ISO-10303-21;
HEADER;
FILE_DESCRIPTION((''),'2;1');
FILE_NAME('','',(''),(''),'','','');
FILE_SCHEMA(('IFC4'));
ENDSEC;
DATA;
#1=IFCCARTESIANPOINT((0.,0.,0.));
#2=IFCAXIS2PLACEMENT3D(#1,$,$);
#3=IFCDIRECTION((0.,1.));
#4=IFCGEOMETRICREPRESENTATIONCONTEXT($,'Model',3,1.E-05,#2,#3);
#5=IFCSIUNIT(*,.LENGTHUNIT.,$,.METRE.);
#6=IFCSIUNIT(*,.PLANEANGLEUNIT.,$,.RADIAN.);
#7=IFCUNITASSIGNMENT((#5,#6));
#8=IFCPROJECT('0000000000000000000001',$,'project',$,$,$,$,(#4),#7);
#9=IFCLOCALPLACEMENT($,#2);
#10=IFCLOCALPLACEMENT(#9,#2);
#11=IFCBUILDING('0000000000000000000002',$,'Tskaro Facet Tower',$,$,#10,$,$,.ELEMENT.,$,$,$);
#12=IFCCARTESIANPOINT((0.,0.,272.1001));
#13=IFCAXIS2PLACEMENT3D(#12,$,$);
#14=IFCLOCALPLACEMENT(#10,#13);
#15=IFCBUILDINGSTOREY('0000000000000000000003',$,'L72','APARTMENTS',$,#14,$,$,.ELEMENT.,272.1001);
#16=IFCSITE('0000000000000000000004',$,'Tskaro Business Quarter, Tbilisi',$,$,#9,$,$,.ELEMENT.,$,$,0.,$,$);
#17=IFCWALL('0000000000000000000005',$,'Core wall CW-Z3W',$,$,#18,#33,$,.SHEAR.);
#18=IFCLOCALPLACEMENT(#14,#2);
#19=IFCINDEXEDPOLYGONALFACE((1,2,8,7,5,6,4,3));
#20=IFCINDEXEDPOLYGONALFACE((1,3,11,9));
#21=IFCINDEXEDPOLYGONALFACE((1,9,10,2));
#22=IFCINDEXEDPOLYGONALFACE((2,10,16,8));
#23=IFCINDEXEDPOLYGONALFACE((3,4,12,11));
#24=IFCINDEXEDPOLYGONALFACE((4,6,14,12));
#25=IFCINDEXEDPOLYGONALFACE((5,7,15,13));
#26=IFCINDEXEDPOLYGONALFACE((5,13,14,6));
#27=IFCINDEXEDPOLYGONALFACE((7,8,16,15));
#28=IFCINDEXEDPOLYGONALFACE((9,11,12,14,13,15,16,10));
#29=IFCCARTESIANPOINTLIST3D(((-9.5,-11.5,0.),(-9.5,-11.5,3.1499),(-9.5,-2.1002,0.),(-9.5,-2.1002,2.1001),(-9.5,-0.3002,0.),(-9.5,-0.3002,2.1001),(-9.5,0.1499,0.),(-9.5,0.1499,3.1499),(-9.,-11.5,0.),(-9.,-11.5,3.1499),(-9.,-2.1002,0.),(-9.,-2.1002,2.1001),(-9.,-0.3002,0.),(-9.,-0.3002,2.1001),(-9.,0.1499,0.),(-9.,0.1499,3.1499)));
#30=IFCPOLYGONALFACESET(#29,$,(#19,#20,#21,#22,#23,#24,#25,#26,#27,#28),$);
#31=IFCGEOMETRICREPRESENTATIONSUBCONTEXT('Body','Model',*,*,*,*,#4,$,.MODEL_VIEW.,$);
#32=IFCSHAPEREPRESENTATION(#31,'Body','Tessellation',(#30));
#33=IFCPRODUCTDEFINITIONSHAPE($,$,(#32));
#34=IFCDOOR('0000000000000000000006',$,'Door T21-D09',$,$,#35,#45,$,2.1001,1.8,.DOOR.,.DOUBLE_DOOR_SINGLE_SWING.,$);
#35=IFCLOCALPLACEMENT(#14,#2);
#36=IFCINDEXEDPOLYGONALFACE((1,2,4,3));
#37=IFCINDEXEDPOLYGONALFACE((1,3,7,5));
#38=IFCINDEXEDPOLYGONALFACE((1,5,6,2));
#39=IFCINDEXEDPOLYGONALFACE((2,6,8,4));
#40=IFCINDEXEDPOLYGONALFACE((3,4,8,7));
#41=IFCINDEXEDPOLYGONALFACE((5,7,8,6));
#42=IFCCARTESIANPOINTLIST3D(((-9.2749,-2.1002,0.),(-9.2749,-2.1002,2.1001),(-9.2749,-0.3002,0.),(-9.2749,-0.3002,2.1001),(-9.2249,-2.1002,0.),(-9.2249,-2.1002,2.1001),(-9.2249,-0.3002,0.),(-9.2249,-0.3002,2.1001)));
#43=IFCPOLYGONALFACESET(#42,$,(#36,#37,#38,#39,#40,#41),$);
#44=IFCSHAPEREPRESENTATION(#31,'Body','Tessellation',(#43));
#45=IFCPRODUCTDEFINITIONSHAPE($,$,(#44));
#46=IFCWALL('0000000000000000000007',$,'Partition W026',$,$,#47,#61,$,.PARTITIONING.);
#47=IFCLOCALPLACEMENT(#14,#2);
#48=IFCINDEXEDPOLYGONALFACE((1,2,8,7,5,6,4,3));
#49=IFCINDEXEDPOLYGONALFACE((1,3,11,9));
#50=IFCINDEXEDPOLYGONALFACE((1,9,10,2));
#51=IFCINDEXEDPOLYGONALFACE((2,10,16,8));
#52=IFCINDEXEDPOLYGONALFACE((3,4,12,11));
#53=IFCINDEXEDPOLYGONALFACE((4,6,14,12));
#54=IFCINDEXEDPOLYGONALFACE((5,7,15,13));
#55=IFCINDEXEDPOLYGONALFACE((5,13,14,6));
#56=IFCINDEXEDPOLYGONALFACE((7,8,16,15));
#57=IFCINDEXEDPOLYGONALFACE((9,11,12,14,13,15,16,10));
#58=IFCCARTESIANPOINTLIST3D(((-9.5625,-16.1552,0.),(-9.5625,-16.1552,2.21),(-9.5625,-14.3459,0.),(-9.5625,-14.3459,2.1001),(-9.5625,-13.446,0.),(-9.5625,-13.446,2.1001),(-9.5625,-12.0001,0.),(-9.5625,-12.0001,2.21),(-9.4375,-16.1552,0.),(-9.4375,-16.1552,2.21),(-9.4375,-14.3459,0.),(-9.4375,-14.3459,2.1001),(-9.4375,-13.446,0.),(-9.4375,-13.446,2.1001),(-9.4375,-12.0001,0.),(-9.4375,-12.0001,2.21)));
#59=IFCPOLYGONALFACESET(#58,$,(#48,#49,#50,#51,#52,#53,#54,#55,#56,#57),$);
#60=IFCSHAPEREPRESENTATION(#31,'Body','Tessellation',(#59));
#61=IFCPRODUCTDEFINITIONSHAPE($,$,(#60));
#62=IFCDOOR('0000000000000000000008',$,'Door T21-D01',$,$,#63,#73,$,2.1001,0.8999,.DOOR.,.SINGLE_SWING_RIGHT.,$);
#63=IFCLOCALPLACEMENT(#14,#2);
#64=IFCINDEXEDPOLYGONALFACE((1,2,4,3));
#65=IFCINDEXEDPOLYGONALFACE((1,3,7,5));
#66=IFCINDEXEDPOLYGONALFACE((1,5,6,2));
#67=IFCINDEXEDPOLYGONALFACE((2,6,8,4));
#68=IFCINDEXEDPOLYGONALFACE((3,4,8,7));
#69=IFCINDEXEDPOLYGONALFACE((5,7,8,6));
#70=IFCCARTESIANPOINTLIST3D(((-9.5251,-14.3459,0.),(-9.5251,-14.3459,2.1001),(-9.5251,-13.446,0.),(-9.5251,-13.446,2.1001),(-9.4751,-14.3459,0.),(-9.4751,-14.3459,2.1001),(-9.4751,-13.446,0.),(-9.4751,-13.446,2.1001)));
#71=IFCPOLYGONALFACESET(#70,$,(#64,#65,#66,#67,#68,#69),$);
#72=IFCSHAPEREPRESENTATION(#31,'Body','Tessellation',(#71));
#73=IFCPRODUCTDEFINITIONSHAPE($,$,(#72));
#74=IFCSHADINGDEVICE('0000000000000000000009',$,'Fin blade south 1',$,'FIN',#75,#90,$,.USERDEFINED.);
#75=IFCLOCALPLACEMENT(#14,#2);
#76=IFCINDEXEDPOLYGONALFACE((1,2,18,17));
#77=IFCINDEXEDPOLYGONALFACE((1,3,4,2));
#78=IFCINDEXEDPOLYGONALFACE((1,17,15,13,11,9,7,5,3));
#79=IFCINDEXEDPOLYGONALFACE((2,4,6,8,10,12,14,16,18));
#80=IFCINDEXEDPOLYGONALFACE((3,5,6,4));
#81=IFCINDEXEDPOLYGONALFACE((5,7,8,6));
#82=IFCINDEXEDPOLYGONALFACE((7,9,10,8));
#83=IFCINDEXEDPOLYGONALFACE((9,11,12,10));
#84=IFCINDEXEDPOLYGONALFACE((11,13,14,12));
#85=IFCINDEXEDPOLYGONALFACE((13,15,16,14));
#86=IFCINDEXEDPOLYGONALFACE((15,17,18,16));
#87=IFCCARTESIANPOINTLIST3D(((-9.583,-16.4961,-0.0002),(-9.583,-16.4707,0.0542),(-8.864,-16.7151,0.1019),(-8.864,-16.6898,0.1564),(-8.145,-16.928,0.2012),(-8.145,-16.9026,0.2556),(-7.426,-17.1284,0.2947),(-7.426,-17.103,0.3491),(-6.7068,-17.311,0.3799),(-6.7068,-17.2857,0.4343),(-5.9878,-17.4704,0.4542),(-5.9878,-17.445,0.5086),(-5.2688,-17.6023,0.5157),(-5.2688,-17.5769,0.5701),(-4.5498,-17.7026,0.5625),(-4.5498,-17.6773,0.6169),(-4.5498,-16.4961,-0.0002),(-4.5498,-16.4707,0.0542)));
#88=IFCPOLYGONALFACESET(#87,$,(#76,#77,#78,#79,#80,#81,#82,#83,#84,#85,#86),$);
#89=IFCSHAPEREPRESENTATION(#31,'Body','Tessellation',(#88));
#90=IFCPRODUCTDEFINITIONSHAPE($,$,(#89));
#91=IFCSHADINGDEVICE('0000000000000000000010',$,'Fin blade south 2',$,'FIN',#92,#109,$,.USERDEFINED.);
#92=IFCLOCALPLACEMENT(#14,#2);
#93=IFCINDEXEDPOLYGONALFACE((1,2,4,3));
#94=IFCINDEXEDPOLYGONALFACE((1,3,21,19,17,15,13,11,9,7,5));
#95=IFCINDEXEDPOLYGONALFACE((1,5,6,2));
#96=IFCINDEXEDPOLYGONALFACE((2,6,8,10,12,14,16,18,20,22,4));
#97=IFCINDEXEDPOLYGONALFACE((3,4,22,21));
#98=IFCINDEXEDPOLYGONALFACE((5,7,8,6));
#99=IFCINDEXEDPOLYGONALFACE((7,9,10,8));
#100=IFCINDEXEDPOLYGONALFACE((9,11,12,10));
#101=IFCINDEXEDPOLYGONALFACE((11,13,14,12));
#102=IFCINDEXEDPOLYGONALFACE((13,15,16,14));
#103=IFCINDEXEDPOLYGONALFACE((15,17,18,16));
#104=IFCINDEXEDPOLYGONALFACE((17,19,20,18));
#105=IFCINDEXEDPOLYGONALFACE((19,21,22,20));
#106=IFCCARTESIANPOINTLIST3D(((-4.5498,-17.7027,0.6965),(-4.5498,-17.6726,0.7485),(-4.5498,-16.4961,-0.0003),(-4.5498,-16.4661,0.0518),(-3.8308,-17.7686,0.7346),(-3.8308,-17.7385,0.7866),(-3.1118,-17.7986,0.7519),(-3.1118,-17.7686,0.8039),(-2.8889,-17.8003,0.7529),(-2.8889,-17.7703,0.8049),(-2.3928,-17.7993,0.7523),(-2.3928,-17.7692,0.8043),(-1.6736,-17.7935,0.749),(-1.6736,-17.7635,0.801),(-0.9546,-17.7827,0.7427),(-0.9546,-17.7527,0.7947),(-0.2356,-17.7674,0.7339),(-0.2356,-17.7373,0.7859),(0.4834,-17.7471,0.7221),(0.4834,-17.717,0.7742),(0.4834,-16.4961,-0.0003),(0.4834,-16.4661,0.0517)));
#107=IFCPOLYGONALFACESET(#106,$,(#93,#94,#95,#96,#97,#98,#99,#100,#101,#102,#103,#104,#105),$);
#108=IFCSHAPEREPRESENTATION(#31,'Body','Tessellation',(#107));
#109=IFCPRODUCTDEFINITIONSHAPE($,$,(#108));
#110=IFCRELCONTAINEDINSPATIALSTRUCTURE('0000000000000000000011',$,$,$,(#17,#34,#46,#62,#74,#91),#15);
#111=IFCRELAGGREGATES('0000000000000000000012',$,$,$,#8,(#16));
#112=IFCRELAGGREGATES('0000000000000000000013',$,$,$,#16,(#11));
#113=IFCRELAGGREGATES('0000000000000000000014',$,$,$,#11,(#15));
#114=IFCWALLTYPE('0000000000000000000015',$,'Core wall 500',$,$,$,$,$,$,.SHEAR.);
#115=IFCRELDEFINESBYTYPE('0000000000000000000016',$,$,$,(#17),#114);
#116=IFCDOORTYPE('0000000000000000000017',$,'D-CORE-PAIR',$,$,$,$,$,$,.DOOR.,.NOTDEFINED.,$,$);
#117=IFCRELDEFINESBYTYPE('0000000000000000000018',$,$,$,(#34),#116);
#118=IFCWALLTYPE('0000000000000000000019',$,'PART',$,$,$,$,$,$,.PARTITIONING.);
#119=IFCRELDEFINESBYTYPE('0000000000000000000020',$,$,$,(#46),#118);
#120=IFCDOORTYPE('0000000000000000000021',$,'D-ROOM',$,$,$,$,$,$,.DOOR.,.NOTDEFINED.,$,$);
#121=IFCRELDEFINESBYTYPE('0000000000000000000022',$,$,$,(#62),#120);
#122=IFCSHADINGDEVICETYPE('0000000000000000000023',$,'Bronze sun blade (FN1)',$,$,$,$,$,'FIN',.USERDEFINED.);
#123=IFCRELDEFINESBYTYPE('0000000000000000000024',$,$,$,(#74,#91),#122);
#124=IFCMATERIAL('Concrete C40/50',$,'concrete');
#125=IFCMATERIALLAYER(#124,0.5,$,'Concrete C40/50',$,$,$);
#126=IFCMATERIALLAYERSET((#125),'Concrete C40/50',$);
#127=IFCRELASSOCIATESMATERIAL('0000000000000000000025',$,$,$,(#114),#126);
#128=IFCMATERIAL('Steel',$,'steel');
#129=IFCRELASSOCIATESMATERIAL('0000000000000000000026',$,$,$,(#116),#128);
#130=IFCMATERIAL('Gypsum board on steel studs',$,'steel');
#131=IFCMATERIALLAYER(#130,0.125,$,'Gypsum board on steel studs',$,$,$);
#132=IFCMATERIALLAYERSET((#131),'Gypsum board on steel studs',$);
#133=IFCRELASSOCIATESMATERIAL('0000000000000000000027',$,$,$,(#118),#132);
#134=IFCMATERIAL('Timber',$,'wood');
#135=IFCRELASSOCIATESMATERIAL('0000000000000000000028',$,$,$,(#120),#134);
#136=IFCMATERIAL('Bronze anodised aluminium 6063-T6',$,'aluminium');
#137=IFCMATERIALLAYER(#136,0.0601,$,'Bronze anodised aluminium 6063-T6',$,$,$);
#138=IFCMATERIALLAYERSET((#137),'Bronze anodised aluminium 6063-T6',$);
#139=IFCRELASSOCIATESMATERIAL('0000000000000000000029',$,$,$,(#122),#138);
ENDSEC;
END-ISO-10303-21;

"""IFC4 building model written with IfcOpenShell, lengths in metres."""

from ifc_helpers import new_model, si_unit, direction, frame, frame_2d, origin, place, context, subcontext, project, spatial, polyline, rectangle, outline, extrude, material, layer, layer_set, type_object, element, fill, save


model = new_model("IFC4")

# Units and contexts
model_context = context("Model", 3, precision=1e-05, world=origin(), true_north=direction((0.0, 1.0)))
body_context = subcontext(model_context, "Body", "Model", "MODEL_VIEW")
ifc_project = project(units=[si_unit("LENGTHUNIT", "METRE"), si_unit("PLANEANGLEUNIT", "RADIAN")], contexts=[model_context])

# Site, building, storey
site_placement = place(None, origin())
site = spatial("IfcSite", under=ifc_project, at=site_placement, Name="Tskaro Business Quarter, Tbilisi", CompositionType="ELEMENT", RefElevation=0.0)
building_placement = place(site_placement, origin())
building = spatial("IfcBuilding", under=site, at=building_placement, Name="Tskaro Facet Tower", CompositionType="ELEMENT")
storey_placement = place(building_placement, frame((0.0, 0.0, 272.1001)))
storey = spatial("IfcBuildingStorey", under=building, at=storey_placement, Name="L72", Description="APARTMENTS", CompositionType="ELEMENT", Elevation=272.1001)

# Shared definitions
ifc_material_1 = material(Name="Bronze anodised aluminium 6063-T6", Category="aluminium")

# Shared definitions
ifc_material_2 = material(Name="Steel", Category="steel")

# Shared definitions
ifc_material_3 = material(Name="Concrete C40/50", Category="concrete")
ifc_layer_1 = layer(ifc_material_3, 0.5, Name="Concrete C40/50")
ifc_layer_set_1 = layer_set([ifc_layer_1], Name="Concrete C40/50")
wall_type_1 = type_object("IfcWallType", Name="Core wall 500", PredefinedType="SHEAR", material=ifc_layer_set_1)

# Walls, openings, doors
wall_1_placement = place(storey_placement, frame((-9.25, -11.5, 0.0), z_axis=(0.0, 0.0, 1.0), x_axis=(0.0, 1.0, 0.0)))
wall_1 = element("IfcWall", 1, at=wall_1_placement, inside=storey, type_object=wall_type_1, Name="Core wall CW-Z3W", PredefinedType="SHEAR", context=body_context, shape_type="SweptSolid", body=[
    extrude(rectangle(XDim=11.6499, YDim=0.5, at=frame_2d((5.825, 0.0))), origin(), (0.0, 0.0, 1.0), 3.1499),
])
opening_1_placement = place(wall_1_placement, frame((9.3999, 0.0, 0.0)))
opening_1 = element("IfcOpeningElement", 2, at=opening_1_placement, cuts=wall_1, PredefinedType="OPENING", context=body_context, shape_type="SweptSolid", body=[
    extrude(rectangle(XDim=1.8, YDim=2.1001, at=frame_2d((0.8999, 1.05))), frame((0.0, 0.26, 0.0), z_axis=(0.0, -1.0, 0.0), x_axis=(1.0, 0.0, 0.0)), (0.0, 0.0, 1.0), 0.52),
])
door_type_1 = type_object("IfcDoorType", Name="D-CORE-PAIR", OperationType="NOTDEFINED", PredefinedType="DOOR", material=ifc_material_2)
door_1_placement = place(opening_1_placement, origin())
door_1 = element("IfcDoor", 3, at=door_1_placement, inside=storey, type_object=door_type_1, Name="Door T21-D09", OperationType="DOUBLE_DOOR_SINGLE_SWING", OverallHeight=2.1001, OverallWidth=1.8, PredefinedType="DOOR", context=body_context, shape_type="SweptSolid", body=[
    extrude(rectangle(XDim=1.8, YDim=2.1001, at=frame_2d((0.8999, 1.05))), frame((0.0, 0.0249, 0.0), z_axis=(0.0, -1.0, 0.0), x_axis=(1.0, 0.0, 0.0)), (0.0, 0.0, 1.0), 0.05),
])
fill(opening_1, door_1)
ifc_material_4 = material(Name="Gypsum board on steel studs", Category="steel")
ifc_layer_2 = layer(ifc_material_4, 0.125, Name="Gypsum board on steel studs")
ifc_layer_set_2 = layer_set([ifc_layer_2], Name="Gypsum board on steel studs")
wall_type_2 = type_object("IfcWallType", Name="PART", PredefinedType="PARTITIONING", material=ifc_layer_set_2)
wall_2_placement = place(storey_placement, frame((-9.5, -12.0, 0.0), z_axis=(0.0, 0.0, 1.0), x_axis=(0.0, -1.0, 0.0)))
wall_2 = element("IfcWall", 4, at=wall_2_placement, inside=storey, type_object=wall_type_2, Name="Partition W026", PredefinedType="PARTITIONING", context=body_context, shape_type="SweptSolid", body=[
    extrude(rectangle(XDim=4.155, YDim=0.125, at=frame_2d((2.0776, 0.0))), origin(), (0.0, 0.0, 1.0), 2.21),
])
opening_2_placement = place(wall_2_placement, frame((1.446, 0.0, 0.0)))
opening_2 = element("IfcOpeningElement", 5, at=opening_2_placement, cuts=wall_2, PredefinedType="OPENING", context=body_context, shape_type="SweptSolid", body=[
    extrude(rectangle(XDim=0.8999, YDim=2.1001, at=frame_2d((0.45, 1.05))), frame((0.0, 0.0725, 0.0), z_axis=(0.0, -1.0, 0.0), x_axis=(1.0, 0.0, 0.0)), (0.0, 0.0, 1.0), 0.145),
])
ifc_material_5 = material(Name="Timber", Category="wood")
door_type_2 = type_object("IfcDoorType", Name="D-ROOM", OperationType="NOTDEFINED", PredefinedType="DOOR", material=ifc_material_5)
door_2_placement = place(opening_2_placement, origin())
door_2 = element("IfcDoor", 6, at=door_2_placement, inside=storey, type_object=door_type_2, Name="Door T21-D01", OperationType="SINGLE_SWING_RIGHT", OverallHeight=2.1001, OverallWidth=0.8999, PredefinedType="DOOR", context=body_context, shape_type="SweptSolid", body=[
    extrude(rectangle(XDim=0.8999, YDim=2.1001, at=frame_2d((0.45, 1.05))), frame((0.0, 0.0249, 0.0), z_axis=(0.0, -1.0, 0.0), x_axis=(1.0, 0.0, 0.0)), (0.0, 0.0, 1.0), 0.05),
])
fill(opening_2, door_2)

# Shading devices
ifc_layer_3 = layer(ifc_material_1, 0.0601, Name="Bronze anodised aluminium 6063-T6")
ifc_layer_set_3 = layer_set([ifc_layer_3], Name="Bronze anodised aluminium 6063-T6")
shading_device_type = type_object("IfcShadingDeviceType", Name="Bronze sun blade (FN1)", ElementType="FIN", PredefinedType="USERDEFINED", material=ifc_layer_set_3)
shading_device_1_placement = place(storey_placement, frame((-9.583, -16.4707, 0.0542), z_axis=(0.000003, 0.422692, 0.906274), x_axis=(1.0, -0.000001, -0.000002)))
element("IfcShadingDevice", 7, at=shading_device_1_placement, inside=storey, type_object=shading_device_type, Name="Fin blade south 1", ObjectType="FIN", PredefinedType="USERDEFINED", context=body_context, shape_type="SweptSolid", body=[
    extrude(outline(polyline([(0.0, 0.0), (5.0332, 0.0), (5.0332, -1.3313), (4.3142, -1.2206), (3.5952, -1.0751), (2.8762, -0.8992), (2.157, -0.6977), (1.438, -0.4765), (0.719, -0.2417), (0.0, 0.0)])), origin(), (0.0, 0.0, -1.0), 0.0601),
])
shading_device_2_placement = place(storey_placement, frame((-4.5498, -16.4661, 0.0518), z_axis=(0.000003, 0.500082, 0.865978), x_axis=(1.0, -0.000001, -0.000002)))
element("IfcShadingDevice", 8, at=shading_device_2_placement, inside=storey, type_object=shading_device_type, Name="Fin blade south 2", ObjectType="FIN", PredefinedType="USERDEFINED", context=body_context, shape_type="SweptSolid", body=[
    extrude(outline(polyline([(0.0, 0.0), (5.0332, 0.0), (5.0332, -1.4446), (4.3142, -1.468), (3.5952, -1.4857), (2.8762, -1.4982), (2.157, -1.5048), (1.6609, -1.5061), (1.438, -1.5041), (0.719, -1.4694), (0.0, -1.3933), (0.0, 0.0)])), origin(), (0.0, 0.0, -1.0), 0.0601),
])

save(model, "model.ifc")
